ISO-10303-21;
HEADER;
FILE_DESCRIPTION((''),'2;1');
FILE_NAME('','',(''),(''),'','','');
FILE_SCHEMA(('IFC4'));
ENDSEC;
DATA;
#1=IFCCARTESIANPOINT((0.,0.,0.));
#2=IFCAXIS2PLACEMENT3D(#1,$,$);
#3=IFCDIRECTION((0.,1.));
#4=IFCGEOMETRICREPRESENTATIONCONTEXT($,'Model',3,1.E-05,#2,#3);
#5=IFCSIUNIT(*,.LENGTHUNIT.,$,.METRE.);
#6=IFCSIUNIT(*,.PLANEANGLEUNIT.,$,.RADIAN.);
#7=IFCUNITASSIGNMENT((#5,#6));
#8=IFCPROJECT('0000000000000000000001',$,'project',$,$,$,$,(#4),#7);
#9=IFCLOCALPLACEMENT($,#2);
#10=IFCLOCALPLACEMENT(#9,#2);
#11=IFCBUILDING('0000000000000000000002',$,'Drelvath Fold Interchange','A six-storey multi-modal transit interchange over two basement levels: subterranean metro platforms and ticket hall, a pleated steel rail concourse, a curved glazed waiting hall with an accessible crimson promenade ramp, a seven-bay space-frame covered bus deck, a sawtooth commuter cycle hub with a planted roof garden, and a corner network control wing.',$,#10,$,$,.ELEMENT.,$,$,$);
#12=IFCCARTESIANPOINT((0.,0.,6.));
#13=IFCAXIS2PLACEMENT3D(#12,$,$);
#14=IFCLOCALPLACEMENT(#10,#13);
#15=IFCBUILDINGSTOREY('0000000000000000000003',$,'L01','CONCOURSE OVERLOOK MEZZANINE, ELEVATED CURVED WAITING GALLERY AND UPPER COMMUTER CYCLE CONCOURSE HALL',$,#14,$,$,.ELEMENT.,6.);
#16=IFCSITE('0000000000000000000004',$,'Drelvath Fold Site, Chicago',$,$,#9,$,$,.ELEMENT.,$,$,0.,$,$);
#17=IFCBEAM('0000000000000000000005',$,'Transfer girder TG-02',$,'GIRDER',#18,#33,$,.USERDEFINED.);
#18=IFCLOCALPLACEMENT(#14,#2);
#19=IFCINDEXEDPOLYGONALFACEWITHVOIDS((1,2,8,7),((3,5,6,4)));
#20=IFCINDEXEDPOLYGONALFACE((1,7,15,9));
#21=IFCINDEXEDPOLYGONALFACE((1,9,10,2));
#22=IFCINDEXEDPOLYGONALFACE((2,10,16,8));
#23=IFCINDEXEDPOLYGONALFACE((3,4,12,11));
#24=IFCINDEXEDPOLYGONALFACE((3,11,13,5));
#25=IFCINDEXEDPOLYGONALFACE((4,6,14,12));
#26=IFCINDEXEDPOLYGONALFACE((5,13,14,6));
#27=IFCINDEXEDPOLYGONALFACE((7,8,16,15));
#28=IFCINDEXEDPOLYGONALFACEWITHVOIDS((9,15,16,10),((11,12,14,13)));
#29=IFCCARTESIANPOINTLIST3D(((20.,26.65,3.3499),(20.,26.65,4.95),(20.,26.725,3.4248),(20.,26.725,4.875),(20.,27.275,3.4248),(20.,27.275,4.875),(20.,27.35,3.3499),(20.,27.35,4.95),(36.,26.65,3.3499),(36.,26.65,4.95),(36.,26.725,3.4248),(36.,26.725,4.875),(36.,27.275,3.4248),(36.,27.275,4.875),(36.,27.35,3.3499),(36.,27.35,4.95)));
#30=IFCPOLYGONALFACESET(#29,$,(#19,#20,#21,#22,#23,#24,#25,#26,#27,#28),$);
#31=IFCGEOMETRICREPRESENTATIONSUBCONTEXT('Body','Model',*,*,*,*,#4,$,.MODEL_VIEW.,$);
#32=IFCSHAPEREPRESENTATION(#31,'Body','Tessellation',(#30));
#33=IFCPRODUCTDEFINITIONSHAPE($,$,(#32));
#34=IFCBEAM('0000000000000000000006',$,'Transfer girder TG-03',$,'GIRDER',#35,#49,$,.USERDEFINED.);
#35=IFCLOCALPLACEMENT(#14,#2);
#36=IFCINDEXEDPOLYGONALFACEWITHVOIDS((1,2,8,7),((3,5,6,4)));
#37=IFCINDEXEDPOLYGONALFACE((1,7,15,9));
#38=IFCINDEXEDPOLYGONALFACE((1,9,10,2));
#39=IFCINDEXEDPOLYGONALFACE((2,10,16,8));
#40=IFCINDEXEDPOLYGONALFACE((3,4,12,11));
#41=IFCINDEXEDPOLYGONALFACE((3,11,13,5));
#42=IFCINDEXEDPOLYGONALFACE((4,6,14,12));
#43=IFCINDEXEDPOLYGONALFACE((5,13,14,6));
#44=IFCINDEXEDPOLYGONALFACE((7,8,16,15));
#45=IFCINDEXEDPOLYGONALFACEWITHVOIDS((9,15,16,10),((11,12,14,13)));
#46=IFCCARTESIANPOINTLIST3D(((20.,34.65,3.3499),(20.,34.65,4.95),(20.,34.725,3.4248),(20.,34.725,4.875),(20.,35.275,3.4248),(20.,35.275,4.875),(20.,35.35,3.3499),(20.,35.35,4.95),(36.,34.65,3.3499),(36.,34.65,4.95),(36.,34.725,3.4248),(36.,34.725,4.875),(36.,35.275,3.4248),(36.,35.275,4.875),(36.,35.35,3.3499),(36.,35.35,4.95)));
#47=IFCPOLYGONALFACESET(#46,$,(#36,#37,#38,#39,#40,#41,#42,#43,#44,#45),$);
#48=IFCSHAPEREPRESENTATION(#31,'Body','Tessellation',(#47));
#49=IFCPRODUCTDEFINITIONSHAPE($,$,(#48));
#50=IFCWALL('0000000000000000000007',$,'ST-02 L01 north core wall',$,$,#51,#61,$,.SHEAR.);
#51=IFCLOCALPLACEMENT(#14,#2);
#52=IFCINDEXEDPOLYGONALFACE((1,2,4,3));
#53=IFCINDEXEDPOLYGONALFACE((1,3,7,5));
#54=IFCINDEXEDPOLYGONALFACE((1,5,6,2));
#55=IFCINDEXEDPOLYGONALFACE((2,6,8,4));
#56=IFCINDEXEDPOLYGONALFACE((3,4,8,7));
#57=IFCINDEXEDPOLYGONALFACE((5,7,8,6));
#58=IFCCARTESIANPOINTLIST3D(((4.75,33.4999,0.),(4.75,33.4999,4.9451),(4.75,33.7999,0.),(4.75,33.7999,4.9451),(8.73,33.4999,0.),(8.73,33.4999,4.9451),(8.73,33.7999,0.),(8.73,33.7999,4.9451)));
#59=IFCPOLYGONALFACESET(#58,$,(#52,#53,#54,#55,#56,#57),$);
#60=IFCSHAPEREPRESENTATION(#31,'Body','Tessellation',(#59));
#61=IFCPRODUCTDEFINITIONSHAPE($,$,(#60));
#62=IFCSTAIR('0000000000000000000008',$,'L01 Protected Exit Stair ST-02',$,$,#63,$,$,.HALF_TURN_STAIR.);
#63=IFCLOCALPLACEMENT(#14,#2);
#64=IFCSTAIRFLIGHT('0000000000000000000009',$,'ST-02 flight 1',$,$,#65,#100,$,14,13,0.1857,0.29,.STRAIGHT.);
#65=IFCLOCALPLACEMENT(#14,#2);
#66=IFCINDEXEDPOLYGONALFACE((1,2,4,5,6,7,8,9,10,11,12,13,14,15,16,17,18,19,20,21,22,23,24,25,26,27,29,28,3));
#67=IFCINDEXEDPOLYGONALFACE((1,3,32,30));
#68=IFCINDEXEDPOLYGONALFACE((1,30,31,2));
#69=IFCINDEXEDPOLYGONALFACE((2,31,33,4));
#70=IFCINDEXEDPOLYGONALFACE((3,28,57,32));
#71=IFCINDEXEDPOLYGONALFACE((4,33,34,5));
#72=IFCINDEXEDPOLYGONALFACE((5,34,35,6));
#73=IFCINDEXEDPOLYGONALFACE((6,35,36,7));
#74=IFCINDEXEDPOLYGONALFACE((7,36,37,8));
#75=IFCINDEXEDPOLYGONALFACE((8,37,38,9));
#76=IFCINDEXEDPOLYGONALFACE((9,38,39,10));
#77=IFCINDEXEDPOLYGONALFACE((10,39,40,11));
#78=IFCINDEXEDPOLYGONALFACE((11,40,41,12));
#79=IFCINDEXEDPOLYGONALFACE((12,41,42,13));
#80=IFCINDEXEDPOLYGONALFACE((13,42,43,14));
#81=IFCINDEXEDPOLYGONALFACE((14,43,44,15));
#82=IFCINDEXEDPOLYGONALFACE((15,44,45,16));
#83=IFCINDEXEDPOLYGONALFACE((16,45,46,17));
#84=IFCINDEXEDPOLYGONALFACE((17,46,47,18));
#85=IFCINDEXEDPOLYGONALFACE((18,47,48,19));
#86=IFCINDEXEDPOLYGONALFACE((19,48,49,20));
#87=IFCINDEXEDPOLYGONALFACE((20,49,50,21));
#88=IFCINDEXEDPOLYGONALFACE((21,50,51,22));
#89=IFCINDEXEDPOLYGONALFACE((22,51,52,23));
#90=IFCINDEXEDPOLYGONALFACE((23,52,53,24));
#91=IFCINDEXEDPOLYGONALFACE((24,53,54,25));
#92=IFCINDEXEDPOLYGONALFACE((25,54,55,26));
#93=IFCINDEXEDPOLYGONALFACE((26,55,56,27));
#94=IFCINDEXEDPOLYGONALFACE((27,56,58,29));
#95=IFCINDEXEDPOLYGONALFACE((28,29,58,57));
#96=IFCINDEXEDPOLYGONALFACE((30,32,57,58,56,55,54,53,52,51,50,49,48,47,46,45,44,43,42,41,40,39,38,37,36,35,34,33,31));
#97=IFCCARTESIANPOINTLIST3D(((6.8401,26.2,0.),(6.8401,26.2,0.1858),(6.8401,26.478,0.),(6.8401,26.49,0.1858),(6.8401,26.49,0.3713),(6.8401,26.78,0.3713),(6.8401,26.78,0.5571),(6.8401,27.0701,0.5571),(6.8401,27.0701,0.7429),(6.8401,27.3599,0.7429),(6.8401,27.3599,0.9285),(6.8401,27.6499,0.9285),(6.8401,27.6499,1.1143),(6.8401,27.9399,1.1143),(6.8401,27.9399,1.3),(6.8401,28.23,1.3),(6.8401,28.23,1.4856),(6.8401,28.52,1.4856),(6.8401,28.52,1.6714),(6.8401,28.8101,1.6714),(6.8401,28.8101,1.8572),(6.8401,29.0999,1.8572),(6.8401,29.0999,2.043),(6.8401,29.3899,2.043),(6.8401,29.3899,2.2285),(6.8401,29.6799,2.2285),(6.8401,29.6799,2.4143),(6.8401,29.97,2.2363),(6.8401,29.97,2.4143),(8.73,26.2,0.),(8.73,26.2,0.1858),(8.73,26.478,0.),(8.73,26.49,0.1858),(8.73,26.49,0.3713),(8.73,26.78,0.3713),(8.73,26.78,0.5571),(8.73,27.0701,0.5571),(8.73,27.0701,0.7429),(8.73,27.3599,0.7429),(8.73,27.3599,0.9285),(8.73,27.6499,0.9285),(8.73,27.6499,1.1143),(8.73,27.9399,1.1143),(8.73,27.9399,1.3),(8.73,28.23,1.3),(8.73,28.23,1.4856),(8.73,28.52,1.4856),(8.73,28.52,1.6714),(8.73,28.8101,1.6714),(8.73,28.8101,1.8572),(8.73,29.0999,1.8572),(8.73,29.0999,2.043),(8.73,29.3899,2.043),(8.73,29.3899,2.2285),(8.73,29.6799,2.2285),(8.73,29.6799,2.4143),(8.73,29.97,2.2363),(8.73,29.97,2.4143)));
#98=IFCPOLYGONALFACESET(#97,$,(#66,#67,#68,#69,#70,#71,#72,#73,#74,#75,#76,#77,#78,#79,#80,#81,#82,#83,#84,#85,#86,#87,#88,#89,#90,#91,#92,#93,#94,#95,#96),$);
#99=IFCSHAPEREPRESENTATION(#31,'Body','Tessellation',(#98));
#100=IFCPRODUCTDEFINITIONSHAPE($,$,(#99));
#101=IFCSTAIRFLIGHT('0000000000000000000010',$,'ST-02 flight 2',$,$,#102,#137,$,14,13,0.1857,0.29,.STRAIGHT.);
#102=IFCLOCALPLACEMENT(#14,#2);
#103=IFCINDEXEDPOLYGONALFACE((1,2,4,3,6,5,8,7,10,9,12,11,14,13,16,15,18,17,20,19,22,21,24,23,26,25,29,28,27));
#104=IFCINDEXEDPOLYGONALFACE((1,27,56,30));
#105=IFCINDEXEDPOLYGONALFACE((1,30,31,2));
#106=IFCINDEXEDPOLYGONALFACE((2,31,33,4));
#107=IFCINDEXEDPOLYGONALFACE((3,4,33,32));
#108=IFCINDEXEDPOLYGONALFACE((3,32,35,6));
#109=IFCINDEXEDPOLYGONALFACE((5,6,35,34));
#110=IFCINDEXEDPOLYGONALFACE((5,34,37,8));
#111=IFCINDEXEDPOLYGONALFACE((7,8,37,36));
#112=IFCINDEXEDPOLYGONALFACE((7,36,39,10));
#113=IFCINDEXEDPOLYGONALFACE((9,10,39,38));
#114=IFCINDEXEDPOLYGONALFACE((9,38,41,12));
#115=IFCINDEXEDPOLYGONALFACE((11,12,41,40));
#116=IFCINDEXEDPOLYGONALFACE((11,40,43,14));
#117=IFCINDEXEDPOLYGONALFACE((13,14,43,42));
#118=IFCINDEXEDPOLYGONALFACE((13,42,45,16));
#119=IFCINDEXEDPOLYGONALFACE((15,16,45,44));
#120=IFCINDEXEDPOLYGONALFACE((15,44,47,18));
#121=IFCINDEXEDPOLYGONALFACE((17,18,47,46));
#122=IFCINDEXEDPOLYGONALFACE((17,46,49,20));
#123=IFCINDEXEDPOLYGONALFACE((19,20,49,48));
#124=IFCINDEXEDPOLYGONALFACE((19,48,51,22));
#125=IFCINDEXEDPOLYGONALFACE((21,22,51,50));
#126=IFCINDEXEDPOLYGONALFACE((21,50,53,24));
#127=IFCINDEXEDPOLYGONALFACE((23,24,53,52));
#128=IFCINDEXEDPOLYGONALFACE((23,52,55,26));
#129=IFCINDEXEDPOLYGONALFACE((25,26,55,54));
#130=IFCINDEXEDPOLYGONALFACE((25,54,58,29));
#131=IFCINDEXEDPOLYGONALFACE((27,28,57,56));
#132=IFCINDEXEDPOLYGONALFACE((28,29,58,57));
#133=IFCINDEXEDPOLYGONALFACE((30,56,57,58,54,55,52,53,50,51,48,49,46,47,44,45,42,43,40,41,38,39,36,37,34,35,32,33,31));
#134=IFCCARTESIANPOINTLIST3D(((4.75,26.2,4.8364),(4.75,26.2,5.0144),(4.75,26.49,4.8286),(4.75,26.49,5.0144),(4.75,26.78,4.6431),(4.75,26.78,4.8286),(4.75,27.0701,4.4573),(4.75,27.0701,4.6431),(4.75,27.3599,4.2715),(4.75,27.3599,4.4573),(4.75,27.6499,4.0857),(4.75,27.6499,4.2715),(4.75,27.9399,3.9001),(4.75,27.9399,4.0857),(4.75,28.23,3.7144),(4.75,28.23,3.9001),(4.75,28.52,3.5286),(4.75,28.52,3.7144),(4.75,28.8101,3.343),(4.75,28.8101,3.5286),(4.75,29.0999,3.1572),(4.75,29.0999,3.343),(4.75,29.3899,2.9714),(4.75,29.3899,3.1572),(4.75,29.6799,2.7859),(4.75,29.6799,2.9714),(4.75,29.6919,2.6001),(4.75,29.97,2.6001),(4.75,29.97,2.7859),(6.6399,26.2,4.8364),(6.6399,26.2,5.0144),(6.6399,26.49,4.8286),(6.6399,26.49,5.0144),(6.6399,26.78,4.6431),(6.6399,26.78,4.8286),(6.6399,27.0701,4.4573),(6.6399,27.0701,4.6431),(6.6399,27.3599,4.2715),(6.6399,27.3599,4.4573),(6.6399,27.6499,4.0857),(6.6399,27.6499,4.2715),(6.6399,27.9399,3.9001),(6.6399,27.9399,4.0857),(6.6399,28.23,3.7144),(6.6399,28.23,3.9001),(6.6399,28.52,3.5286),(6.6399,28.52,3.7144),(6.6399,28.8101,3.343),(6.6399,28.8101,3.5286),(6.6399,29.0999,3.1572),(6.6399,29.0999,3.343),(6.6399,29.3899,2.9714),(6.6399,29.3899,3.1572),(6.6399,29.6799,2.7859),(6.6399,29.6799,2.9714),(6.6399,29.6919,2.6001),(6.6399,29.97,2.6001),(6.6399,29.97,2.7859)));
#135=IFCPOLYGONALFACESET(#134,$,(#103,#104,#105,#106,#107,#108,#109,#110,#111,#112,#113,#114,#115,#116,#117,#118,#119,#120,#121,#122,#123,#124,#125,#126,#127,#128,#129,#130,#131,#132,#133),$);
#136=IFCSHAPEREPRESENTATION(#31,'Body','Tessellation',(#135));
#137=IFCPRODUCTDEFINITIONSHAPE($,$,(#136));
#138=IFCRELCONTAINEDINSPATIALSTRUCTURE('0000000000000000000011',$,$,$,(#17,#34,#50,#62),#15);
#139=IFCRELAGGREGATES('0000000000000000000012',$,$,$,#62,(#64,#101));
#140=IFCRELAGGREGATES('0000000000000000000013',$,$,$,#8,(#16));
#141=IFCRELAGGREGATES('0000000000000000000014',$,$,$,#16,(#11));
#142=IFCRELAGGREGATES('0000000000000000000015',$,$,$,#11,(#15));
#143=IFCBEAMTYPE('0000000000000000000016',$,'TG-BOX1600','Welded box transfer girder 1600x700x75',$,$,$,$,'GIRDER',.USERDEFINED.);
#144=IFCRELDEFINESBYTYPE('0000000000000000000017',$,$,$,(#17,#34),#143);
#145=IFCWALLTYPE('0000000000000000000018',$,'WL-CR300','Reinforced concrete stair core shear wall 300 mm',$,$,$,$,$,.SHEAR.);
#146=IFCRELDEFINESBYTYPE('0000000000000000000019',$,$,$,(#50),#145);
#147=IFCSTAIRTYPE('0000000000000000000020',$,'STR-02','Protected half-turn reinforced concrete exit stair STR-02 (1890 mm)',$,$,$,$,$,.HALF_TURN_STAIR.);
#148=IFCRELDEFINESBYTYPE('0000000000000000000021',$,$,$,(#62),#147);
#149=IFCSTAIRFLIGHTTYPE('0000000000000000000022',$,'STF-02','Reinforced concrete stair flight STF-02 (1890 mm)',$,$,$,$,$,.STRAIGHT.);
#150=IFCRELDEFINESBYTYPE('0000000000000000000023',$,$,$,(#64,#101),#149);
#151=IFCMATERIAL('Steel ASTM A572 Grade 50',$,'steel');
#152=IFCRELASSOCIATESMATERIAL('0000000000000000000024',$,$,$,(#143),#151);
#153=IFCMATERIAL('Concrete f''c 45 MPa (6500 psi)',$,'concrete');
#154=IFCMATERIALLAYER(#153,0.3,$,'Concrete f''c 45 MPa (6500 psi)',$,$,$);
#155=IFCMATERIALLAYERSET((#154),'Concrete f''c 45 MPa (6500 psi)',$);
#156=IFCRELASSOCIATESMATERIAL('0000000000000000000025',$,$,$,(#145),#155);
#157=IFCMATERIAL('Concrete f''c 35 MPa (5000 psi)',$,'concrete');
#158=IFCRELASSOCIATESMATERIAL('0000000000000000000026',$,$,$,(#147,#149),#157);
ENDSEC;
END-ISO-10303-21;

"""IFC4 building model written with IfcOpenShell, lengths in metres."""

from ifc_helpers import new_model, si_unit, direction, frame, frame_2d, origin, origin_2d, place, context, subcontext, project, spatial, polyline, rectangle, hollow_rectangle, outline, extrude, material, layer, layer_set, material_profile, profile_set, type_object, element, aggregate, save


model = new_model("IFC4")

# Units and contexts
model_context = context("Model", 3, precision=1e-05, world=origin(), true_north=direction((0.0, 1.0)))
body_context = subcontext(model_context, "Body", "Model", "MODEL_VIEW")
ifc_project = project(units=[si_unit("LENGTHUNIT", "METRE"), si_unit("PLANEANGLEUNIT", "RADIAN")], contexts=[model_context])

# Site, building, storey
site_placement = place(None, origin())
site = spatial("IfcSite", under=ifc_project, at=site_placement, Name="Drelvath Fold Site, Chicago", CompositionType="ELEMENT", RefElevation=0.0)
building_placement = place(site_placement, origin())
building = spatial("IfcBuilding", under=site, at=building_placement, Name="Drelvath Fold Interchange", Description="A six-storey multi-modal transit interchange over two basement levels: subterranean metro platforms and ticket hall, a pleated steel rail concourse, a curved glazed waiting hall with an accessible crimson promenade ramp, a seven-bay space-frame covered bus deck, a sawtooth commuter cycle hub with a planted roof garden, and a corner network control wing.", CompositionType="ELEMENT")
storey_placement = place(building_placement, frame((0.0, 0.0, 6.0)))
storey = spatial("IfcBuildingStorey", under=building, at=storey_placement, Name="L01", Description="CONCOURSE OVERLOOK MEZZANINE, ELEVATED CURVED WAITING GALLERY AND UPPER COMMUTER CYCLE CONCOURSE HALL", CompositionType="ELEMENT", Elevation=6.0)

# Beams
ifc_material_1 = material(Name="Steel ASTM A572 Grade 50", Category="steel")
ifc_material_profile_1 = material_profile(ifc_material_1, hollow_rectangle(XDim=0.7, YDim=1.6001, WallThickness=0.075, at=origin_2d()), Name="BOX 1600x700x75")
ifc_profile_set_1 = profile_set([ifc_material_profile_1], Name="Steel ASTM A572 Grade 50")
beam_type_1 = type_object("IfcBeamType", Name="TG-BOX1600", Description="Welded box transfer girder 1600x700x75", ElementType="GIRDER", PredefinedType="USERDEFINED", material=ifc_profile_set_1)
for number, where, z_axis, x_axis, name in (
    (1, (20.0, 27.0, 4.1499), (1.0, 0.0, 0.0), (0.0, 1.0, 0.0), "Transfer girder TG-02"),
    (2, (20.0, 35.0, 4.1499), (1.0, 0.0, 0.0), (0.0, 1.0, 0.0), "Transfer girder TG-03"),
):
    element("IfcBeam", number, at=place(storey_placement, frame(where, z_axis=z_axis, x_axis=x_axis)), inside=storey, type_object=beam_type_1, Name=name, ObjectType="GIRDER", PredefinedType="USERDEFINED", context=body_context, shape_type="SweptSolid", body=[
        extrude(hollow_rectangle(XDim=0.7, YDim=1.6001, WallThickness=0.075, at=origin_2d()), origin(), (0.0, 0.0, 1.0), 16.0),
    ])

# Wall
ifc_material_2 = material(Name="Concrete f'c 45 MPa (6500 psi)", Category="concrete")
ifc_layer = layer(ifc_material_2, 0.3, Name="Concrete f'c 45 MPa (6500 psi)")
ifc_layer_set = layer_set([ifc_layer], Name="Concrete f'c 45 MPa (6500 psi)")
wall_type = type_object("IfcWallType", Name="WL-CR300", Description="Reinforced concrete stair core shear wall 300 mm", PredefinedType="SHEAR", material=ifc_layer_set)
wall_placement = place(storey_placement, frame((8.73, 33.6499, 0.0), z_axis=(0.0, 0.0, 1.0), x_axis=(-1.0, 0.0, 0.0)))
element("IfcWall", 3, at=wall_placement, inside=storey, type_object=wall_type, Name="ST-02 L01 north core wall", PredefinedType="SHEAR", context=body_context, shape_type="SweptSolid", body=[
    extrude(rectangle(XDim=3.98, YDim=0.3, at=frame_2d((1.99, 0.0))), origin(), (0.0, 0.0, 1.0), 4.9451),
])

# Stair, stair flights
ifc_material_3 = material(Name="Concrete f'c 35 MPa (5000 psi)", Category="concrete")
stair_type = type_object("IfcStairType", Name="STR-02", Description="Protected half-turn reinforced concrete exit stair STR-02 (1890 mm)", PredefinedType="HALF_TURN_STAIR", material=ifc_material_3)
stair_placement = place(storey_placement, origin())
stair = element("IfcStair", 4, at=stair_placement, inside=storey, type_object=stair_type, Name="L01 Protected Exit Stair ST-02", PredefinedType="HALF_TURN_STAIR")
stair_flight_type = type_object("IfcStairFlightType", Name="STF-02", Description="Reinforced concrete stair flight STF-02 (1890 mm)", PredefinedType="STRAIGHT", material=ifc_material_3)
stair_flight_1_placement = place(storey_placement, frame((7.7849, 26.2, 0.0), z_axis=(0.0, 0.0, 1.0), x_axis=(0.0, 1.0, 0.0)))
stair_flight_1 = element("IfcStairFlight", 5, at=stair_flight_1_placement, type_object=stair_flight_type, Name="ST-02 flight 1", NumberOfRisers=14, NumberOfTreads=13, PredefinedType="STRAIGHT", RiserHeight=0.1857, TreadLength=0.29, context=body_context, shape_type="SweptSolid", body=[
    extrude(outline(polyline([(0.0, 0.0), (0.0, 0.1858), (0.29, 0.1858), (0.29, 0.3713), (0.5801, 0.3713), (0.5801, 0.5571), (0.8701, 0.5571), (0.8701, 0.7429), (1.1599, 0.7429), (1.1599, 0.9285), (1.45, 0.9285), (1.45, 1.1143), (1.74, 1.1143), (1.74, 1.3), (2.03, 1.3), (2.03, 1.4856), (2.3201, 1.4856), (2.3201, 1.6714), (2.6101, 1.6714), (2.6101, 1.8572), (2.8999, 1.8572), (2.8999, 2.043), (3.1899, 2.043), (3.1899, 2.2285), (3.48, 2.2285), (3.48, 2.4143), (3.77, 2.4143), (3.77, 2.6001), (3.77, 2.2363), (0.2781, 0.0), (0.0, 0.0)])), frame((0.0, 0.9448, 0.0), z_axis=(0.0, -1.0, 0.0), x_axis=(1.0, 0.0, 0.0)), (0.0, 0.0, 1.0), 1.8899),
])
stair_flight_2_placement = place(storey_placement, frame((5.6951, 29.97, 2.6001), z_axis=(0.0, 0.0, 1.0), x_axis=(0.0, -1.0, 0.0)))
stair_flight_2 = element("IfcStairFlight", 6, at=stair_flight_2_placement, type_object=stair_flight_type, Name="ST-02 flight 2", NumberOfRisers=14, NumberOfTreads=13, PredefinedType="STRAIGHT", RiserHeight=0.1857, TreadLength=0.29, context=body_context, shape_type="SweptSolid", body=[
    extrude(outline(polyline([(0.0, 0.0), (0.0, 0.1858), (0.29, 0.1858), (0.29, 0.3713), (0.5801, 0.3713), (0.5801, 0.5571), (0.8701, 0.5571), (0.8701, 0.7429), (1.1599, 0.7429), (1.1599, 0.9285), (1.45, 0.9285), (1.45, 1.1143), (1.74, 1.1143), (1.74, 1.3), (2.03, 1.3), (2.03, 1.4856), (2.3201, 1.4856), (2.3201, 1.6714), (2.6101, 1.6714), (2.6101, 1.8572), (2.8999, 1.8572), (2.8999, 2.043), (3.1899, 2.043), (3.1899, 2.2285), (3.48, 2.2285), (3.48, 2.4143), (3.77, 2.4143), (3.77, 2.6001), (3.77, 2.2363), (0.2781, 0.0), (0.0, 0.0)])), frame((0.0, 0.9448, 0.0), z_axis=(0.0, -1.0, 0.0), x_axis=(1.0, 0.0, 0.0)), (0.0, 0.0, 1.0), 1.8899),
])
aggregate(stair, [stair_flight_1, stair_flight_2])

save(model, "model.ifc")
